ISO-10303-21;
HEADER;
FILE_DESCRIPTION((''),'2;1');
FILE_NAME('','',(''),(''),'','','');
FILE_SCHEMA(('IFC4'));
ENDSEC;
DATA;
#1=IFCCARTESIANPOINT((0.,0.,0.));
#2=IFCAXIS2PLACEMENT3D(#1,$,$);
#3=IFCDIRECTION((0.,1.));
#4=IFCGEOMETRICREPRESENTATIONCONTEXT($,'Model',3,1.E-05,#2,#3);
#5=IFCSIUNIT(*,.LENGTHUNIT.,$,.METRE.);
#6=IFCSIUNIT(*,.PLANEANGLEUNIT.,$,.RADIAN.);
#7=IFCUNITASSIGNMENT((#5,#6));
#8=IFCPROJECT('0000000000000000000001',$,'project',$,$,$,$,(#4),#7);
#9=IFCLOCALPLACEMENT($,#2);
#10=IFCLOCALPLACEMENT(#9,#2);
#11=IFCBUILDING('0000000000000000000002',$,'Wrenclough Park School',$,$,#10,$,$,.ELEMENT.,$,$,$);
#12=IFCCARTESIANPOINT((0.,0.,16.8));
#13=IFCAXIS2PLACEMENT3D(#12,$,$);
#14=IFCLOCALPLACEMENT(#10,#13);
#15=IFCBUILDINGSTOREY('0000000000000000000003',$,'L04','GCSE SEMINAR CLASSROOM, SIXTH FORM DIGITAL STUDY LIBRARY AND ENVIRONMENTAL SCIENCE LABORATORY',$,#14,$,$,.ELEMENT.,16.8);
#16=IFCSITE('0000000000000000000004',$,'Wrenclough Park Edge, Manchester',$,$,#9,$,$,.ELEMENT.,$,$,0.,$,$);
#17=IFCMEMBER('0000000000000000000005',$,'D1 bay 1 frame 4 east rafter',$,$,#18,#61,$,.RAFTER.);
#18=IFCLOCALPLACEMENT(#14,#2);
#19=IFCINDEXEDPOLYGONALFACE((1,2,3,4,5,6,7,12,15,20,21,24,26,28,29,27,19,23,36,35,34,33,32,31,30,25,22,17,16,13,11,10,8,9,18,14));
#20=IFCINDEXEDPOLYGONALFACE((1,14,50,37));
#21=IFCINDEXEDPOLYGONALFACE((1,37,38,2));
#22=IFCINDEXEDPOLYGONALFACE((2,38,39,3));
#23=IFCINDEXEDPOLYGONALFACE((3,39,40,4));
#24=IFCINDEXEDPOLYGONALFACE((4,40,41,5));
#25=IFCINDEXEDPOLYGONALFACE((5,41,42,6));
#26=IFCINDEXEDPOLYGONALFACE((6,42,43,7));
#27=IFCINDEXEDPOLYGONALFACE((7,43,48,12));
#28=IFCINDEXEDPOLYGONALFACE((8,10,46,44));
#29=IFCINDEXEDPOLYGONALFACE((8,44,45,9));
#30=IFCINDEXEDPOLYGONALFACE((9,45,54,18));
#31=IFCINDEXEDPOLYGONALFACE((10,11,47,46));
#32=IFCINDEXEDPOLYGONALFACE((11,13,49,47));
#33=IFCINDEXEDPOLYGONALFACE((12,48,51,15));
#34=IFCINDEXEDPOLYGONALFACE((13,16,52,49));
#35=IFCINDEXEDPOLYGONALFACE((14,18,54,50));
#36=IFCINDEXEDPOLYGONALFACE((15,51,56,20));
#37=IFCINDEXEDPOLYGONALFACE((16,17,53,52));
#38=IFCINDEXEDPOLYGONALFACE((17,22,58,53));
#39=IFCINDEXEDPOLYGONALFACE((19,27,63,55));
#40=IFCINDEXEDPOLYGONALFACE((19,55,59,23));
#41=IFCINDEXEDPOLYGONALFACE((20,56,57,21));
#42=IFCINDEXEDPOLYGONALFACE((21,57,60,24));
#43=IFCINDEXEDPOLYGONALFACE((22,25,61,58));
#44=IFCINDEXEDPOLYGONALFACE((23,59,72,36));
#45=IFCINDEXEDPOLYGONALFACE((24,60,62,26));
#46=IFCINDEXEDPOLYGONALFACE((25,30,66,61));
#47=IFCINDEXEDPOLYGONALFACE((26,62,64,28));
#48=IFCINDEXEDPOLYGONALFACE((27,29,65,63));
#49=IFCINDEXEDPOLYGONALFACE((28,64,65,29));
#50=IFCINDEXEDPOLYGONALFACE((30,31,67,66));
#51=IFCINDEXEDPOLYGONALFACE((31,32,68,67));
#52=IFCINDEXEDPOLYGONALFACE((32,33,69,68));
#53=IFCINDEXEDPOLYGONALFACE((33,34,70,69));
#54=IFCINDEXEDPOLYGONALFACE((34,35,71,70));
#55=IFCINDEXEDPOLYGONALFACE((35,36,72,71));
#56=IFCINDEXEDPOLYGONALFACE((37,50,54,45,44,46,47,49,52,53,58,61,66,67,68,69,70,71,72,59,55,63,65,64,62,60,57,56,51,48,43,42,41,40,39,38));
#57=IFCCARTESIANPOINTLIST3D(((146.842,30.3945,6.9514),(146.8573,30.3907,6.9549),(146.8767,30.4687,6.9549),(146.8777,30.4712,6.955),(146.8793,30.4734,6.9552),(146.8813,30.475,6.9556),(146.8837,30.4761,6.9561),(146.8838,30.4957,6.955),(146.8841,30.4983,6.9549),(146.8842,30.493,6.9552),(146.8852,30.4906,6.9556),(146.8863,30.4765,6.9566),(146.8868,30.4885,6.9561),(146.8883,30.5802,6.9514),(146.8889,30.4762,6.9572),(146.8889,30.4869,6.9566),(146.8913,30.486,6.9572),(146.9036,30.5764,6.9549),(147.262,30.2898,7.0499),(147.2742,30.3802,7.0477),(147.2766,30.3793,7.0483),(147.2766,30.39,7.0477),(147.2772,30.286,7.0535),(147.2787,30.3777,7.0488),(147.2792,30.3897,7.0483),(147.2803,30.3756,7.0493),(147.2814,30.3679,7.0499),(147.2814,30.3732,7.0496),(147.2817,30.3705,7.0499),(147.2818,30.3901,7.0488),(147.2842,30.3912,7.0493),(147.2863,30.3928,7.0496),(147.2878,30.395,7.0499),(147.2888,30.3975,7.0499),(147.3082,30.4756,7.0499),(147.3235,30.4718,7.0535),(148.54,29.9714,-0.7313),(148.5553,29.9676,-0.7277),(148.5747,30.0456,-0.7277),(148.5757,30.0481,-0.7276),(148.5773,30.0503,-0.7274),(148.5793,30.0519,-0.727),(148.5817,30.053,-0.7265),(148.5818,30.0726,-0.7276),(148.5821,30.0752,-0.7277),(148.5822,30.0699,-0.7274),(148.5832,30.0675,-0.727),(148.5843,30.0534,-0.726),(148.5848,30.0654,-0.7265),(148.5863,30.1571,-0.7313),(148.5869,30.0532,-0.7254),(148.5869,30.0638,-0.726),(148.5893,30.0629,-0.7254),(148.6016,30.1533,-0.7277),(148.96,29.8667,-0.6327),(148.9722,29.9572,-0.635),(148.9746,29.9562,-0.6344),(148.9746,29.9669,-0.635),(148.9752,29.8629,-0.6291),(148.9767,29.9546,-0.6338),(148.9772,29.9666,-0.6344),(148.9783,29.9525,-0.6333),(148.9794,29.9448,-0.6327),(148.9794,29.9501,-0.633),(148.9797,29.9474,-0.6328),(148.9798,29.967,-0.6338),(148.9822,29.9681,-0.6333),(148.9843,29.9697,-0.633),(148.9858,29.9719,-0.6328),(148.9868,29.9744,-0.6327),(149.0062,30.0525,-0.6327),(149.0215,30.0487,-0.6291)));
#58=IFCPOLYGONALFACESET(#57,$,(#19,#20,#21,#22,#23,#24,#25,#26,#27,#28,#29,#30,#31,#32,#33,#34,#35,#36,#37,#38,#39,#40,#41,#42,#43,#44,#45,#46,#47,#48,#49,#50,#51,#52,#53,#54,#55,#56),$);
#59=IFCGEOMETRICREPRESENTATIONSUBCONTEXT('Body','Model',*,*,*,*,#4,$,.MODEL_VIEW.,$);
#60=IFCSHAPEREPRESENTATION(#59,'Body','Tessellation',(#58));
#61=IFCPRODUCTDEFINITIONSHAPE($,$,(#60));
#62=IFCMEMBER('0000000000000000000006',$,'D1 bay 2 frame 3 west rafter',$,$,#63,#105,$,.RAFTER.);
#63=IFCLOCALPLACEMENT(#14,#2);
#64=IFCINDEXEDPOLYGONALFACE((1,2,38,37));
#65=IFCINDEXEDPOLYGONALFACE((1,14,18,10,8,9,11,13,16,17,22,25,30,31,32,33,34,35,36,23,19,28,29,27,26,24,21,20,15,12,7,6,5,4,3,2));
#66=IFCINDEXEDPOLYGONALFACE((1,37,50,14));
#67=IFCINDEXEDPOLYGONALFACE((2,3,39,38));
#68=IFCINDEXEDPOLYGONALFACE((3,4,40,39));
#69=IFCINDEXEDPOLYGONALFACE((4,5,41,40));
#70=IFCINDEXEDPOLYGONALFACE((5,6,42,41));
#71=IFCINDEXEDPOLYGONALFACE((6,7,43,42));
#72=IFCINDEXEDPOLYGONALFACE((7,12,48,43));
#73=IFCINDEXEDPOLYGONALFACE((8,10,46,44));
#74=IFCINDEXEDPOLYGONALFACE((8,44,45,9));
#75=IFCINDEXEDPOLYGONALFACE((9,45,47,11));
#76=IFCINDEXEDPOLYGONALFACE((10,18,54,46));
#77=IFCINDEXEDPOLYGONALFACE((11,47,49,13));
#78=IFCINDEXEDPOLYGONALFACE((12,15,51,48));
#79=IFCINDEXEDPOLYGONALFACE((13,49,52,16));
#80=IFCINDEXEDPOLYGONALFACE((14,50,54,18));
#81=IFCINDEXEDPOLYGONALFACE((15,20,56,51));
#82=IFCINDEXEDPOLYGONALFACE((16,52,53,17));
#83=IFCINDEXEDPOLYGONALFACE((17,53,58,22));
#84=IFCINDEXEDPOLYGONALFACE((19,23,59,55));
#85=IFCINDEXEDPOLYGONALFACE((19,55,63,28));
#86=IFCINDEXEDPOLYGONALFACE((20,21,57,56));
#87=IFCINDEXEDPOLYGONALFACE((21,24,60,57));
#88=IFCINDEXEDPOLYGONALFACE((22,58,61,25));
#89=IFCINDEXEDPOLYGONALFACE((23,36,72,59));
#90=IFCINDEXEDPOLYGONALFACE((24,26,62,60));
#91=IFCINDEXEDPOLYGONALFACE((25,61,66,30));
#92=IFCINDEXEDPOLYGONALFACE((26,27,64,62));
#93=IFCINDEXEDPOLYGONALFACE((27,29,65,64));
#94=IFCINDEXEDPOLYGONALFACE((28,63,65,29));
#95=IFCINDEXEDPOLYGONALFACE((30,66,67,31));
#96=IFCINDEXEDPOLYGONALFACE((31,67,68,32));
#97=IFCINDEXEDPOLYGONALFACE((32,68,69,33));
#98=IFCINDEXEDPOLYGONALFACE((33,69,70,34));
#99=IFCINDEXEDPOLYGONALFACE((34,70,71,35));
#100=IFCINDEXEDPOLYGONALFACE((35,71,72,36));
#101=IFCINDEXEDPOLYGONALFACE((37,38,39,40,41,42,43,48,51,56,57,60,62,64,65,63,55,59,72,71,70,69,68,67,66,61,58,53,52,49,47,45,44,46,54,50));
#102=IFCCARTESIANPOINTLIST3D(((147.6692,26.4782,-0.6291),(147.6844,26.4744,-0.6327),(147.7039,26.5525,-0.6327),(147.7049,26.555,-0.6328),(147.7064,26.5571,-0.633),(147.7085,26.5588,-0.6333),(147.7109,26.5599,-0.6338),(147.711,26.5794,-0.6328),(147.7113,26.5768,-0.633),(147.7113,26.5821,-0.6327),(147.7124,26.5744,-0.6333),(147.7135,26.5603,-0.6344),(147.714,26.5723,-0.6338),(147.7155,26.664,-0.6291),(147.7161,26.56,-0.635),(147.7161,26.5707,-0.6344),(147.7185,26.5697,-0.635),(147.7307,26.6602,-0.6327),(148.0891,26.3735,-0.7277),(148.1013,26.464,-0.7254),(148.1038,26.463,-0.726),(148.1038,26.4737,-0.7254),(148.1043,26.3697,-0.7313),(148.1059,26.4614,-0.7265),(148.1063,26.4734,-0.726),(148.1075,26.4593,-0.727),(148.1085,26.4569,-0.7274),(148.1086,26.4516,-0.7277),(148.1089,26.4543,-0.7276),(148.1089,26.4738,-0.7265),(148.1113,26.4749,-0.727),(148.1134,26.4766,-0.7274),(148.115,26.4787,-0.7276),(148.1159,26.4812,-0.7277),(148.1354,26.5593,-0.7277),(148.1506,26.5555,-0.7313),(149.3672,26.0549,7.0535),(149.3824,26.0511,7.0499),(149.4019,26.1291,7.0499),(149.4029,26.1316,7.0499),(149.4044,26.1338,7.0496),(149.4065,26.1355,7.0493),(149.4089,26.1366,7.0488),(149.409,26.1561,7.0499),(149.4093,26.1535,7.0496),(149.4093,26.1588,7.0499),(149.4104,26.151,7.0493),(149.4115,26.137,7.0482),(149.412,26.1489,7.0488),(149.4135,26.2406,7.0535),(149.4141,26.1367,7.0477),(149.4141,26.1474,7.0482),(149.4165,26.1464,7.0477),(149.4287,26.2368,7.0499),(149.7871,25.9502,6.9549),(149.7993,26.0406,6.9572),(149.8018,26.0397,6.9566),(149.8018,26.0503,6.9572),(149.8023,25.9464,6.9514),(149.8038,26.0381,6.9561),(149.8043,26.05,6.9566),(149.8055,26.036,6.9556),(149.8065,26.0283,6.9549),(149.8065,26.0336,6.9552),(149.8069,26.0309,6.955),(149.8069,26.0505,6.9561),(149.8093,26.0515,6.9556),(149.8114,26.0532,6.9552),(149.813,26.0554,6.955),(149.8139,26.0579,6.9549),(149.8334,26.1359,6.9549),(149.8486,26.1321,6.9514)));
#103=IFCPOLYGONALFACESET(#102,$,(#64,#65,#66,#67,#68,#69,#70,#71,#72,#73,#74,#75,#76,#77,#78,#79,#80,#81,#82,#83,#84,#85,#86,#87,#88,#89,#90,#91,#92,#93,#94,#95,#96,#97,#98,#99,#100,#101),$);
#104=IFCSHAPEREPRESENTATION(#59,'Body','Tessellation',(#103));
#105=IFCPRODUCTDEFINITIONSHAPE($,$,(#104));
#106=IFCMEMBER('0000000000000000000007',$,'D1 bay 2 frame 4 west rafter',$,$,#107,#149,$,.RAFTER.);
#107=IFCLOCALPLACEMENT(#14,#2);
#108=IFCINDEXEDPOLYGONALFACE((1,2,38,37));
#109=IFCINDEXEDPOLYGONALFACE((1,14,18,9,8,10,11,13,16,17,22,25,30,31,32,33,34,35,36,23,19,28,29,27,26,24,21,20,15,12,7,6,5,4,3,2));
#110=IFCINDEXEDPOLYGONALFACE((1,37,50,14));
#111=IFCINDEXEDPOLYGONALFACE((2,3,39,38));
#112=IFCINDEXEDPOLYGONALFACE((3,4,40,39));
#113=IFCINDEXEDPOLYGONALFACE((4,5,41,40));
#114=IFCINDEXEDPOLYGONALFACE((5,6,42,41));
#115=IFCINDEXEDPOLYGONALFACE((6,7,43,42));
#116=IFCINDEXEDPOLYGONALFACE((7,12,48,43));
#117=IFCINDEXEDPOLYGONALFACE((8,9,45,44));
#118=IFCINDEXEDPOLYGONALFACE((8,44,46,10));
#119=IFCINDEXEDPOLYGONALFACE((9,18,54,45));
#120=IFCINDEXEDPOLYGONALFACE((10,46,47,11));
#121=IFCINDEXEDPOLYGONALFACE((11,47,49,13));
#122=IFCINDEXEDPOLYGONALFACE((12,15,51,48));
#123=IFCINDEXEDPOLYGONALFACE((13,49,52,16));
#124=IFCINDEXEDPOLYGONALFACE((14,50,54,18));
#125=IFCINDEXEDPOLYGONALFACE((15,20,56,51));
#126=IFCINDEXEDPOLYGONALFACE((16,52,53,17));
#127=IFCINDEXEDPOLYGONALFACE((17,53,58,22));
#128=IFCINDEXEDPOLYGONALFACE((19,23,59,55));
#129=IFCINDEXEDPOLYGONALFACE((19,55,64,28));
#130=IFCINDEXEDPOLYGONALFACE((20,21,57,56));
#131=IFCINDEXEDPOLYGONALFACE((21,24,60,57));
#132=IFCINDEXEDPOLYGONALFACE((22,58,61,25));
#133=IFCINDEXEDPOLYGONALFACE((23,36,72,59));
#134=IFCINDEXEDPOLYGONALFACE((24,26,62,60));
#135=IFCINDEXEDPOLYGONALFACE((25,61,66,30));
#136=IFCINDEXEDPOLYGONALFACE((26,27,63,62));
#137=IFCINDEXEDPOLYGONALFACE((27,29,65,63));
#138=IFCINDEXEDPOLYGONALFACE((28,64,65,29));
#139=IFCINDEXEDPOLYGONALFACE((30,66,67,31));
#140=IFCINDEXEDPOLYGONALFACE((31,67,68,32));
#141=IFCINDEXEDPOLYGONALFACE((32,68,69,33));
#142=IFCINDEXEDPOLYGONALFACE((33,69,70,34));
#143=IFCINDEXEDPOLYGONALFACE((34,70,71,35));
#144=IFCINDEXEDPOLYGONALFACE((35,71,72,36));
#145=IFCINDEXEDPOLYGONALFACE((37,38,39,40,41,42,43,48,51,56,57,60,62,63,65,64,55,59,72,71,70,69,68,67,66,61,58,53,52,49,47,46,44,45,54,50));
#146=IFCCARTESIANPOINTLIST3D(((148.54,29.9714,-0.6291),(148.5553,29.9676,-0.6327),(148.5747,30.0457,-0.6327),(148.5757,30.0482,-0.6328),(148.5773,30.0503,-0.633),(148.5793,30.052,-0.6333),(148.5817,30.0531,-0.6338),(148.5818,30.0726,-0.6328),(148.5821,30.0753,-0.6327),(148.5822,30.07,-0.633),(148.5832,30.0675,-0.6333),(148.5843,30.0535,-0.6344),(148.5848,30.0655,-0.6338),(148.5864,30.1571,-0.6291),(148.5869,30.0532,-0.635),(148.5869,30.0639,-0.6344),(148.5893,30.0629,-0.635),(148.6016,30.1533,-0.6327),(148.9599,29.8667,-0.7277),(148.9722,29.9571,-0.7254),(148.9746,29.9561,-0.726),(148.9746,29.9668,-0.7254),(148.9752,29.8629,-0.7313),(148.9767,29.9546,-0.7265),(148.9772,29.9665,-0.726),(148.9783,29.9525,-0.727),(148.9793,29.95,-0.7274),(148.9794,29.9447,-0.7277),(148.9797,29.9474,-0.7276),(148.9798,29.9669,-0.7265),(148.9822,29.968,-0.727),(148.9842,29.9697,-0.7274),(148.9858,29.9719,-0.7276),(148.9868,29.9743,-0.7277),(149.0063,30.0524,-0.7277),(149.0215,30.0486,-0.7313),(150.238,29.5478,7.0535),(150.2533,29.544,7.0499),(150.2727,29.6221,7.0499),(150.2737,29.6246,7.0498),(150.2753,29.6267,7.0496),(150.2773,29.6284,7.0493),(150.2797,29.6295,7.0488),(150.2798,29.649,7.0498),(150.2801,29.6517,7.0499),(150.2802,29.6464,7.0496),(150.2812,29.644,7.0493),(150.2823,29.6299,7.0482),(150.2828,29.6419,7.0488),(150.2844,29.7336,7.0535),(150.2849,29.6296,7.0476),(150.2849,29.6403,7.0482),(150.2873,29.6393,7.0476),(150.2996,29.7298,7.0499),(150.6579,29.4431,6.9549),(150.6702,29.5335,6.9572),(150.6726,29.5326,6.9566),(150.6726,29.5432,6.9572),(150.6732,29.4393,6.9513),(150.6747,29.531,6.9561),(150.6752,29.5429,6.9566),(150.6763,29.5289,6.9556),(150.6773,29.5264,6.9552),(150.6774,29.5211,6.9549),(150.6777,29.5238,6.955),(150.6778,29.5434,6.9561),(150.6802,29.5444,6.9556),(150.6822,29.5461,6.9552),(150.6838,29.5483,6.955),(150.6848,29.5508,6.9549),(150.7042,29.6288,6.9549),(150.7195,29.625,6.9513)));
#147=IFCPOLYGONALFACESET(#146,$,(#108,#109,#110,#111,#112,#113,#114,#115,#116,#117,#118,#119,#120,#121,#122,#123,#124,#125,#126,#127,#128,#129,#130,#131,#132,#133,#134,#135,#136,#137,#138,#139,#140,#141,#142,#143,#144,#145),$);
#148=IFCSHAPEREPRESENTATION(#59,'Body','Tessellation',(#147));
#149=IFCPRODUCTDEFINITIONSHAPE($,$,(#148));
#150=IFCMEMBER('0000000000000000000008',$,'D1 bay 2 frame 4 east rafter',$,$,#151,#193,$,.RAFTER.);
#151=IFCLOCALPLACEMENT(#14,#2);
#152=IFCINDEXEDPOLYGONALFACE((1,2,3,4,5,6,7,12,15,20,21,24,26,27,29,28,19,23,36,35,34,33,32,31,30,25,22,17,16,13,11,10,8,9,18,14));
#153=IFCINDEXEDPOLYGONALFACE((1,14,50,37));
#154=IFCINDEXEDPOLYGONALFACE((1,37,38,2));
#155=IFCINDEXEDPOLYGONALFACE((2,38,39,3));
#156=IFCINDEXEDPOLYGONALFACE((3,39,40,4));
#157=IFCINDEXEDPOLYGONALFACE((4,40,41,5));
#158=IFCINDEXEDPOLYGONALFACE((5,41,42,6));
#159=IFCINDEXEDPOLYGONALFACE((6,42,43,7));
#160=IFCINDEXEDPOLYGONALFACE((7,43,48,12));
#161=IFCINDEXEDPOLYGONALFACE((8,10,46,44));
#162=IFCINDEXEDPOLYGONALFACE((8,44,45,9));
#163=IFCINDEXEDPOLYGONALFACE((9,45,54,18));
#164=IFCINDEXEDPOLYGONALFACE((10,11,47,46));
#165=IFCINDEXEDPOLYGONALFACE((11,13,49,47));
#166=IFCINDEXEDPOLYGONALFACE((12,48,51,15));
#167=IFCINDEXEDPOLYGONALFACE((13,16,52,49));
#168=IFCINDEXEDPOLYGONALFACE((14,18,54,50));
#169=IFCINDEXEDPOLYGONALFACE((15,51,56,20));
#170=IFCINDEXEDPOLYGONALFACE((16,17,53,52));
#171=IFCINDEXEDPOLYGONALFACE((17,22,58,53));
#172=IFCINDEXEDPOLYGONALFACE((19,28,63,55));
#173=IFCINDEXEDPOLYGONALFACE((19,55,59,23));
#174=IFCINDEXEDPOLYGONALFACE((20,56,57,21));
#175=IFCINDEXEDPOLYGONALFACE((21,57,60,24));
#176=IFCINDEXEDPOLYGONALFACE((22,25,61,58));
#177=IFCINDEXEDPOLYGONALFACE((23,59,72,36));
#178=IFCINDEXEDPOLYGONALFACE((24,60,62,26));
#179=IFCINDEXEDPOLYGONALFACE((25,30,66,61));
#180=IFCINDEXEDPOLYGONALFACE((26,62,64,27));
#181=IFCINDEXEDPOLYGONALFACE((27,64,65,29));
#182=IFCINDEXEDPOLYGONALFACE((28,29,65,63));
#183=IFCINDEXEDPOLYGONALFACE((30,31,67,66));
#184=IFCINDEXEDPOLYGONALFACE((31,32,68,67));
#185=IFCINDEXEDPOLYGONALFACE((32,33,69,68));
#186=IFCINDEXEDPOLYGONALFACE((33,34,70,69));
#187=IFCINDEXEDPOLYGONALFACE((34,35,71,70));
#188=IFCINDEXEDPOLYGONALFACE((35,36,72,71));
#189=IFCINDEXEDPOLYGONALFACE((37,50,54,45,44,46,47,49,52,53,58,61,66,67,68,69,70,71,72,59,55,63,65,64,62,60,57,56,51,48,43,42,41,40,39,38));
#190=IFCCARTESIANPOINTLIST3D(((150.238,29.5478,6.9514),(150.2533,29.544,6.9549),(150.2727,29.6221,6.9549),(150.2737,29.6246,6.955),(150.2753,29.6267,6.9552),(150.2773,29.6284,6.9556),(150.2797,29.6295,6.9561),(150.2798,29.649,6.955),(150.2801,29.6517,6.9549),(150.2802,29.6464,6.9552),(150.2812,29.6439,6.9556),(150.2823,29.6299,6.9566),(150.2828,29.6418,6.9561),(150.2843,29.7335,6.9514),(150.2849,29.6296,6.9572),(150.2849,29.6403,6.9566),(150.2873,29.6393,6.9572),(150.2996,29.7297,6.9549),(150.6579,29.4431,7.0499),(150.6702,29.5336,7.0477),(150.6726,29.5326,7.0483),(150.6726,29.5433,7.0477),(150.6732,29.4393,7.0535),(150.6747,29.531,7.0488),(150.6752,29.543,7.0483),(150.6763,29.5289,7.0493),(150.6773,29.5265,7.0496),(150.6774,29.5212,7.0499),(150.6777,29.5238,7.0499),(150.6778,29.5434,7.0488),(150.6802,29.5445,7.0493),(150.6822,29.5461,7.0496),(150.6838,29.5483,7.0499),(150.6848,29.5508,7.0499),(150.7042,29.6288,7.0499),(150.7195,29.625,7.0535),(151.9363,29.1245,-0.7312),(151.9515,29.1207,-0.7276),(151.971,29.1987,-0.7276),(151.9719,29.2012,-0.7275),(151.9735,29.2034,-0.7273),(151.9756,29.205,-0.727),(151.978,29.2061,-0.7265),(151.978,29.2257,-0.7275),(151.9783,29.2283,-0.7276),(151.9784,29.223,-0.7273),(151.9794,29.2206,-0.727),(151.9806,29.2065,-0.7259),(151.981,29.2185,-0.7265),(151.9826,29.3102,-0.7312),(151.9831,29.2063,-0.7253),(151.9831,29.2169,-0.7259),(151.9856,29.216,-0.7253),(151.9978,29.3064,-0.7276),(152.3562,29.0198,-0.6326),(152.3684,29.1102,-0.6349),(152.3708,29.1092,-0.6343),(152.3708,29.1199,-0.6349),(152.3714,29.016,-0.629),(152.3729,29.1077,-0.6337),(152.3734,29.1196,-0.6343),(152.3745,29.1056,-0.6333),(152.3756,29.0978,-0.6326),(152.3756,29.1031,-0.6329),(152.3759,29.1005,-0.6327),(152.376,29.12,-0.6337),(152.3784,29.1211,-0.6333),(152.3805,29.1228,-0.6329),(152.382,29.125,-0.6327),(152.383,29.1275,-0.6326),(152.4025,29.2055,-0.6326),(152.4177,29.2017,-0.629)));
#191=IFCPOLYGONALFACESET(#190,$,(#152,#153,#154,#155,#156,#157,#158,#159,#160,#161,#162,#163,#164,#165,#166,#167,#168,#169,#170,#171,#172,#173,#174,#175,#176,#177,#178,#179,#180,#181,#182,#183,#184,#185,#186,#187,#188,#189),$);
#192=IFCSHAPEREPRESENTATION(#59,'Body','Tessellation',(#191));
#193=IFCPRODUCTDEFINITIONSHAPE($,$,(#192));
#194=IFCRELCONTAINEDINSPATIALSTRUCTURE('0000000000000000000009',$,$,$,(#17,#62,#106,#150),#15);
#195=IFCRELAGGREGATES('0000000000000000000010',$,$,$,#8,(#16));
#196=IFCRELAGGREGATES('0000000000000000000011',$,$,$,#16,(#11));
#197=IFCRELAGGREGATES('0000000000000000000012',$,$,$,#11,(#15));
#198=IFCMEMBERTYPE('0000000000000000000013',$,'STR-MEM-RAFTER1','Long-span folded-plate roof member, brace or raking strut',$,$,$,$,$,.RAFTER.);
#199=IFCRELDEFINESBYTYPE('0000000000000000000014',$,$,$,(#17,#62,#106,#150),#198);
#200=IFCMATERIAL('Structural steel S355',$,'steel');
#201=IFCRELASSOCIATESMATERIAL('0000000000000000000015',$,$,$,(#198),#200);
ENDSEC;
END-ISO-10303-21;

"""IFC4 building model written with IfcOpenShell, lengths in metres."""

from ifc_helpers import new_model, si_unit, direction, frame, origin, origin_2d, place, context, subcontext, project, spatial, i_section, extrude, material, material_profile, profile_set, type_object, element, save


model = new_model("IFC4")

# Units and contexts
model_context = context("Model", 3, precision=1e-05, world=origin(), true_north=direction((0.0, 1.0)))
body_context = subcontext(model_context, "Body", "Model", "MODEL_VIEW")
ifc_project = project(units=[si_unit("LENGTHUNIT", "METRE"), si_unit("PLANEANGLEUNIT", "RADIAN")], contexts=[model_context])

# Site, building, storey
site_placement = place(None, origin())
site = spatial("IfcSite", under=ifc_project, at=site_placement, Name="Wrenclough Park Edge, Manchester", CompositionType="ELEMENT", RefElevation=0.0)
building_placement = place(site_placement, origin())
building = spatial("IfcBuilding", under=site, at=building_placement, Name="Wrenclough Park School", CompositionType="ELEMENT")
storey_placement = place(building_placement, frame((0.0, 0.0, 16.8)))
storey = spatial("IfcBuildingStorey", under=building, at=storey_placement, Name="L04", Description="GCSE SEMINAR CLASSROOM, SIXTH FORM DIGITAL STUDY LIBRARY AND ENVIRONMENTAL SCIENCE LABORATORY", CompositionType="ELEMENT", Elevation=16.8)

# Members
ifc_material = material(Name="Structural steel S355", Category="steel")
ifc_material_profile_1 = material_profile(ifc_material, i_section(OverallWidth=0.1914, OverallDepth=0.46, WebThickness=0.01, FlangeThickness=0.0161, FilletRadius=0.0103, at=origin_2d()), Name="UKB 457x191x82")
ifc_profile_set_1 = profile_set([ifc_material_profile_1], Name="Structural steel S355")
member_type_1 = type_object("IfcMemberType", Name="STR-MEM-RAFTER1", Description="Long-span folded-plate roof member, brace or raking strut", PredefinedType="RAFTER", material=ifc_profile_set_1)
for number, where, z_axis, x_axis, name in (
    (1, (147.0828, 30.4331, 7.0024), (0.215499, -0.053696, -0.975027), (0.241781, 0.970331, 0.0), "D1 bay 1 frame 4 east rafter"),
    (2, (147.9099, 26.5168, -0.6802), (0.215498, -0.053727, 0.975025), (0.241912, 0.970298, 0.0), "D1 bay 2 frame 3 west rafter"),
    (3, (148.7808, 30.01, -0.6802), (0.215498, -0.053758, 0.975023), (0.242043, 0.970265, 0.0), "D1 bay 2 frame 4 west rafter"),
    (4, (150.4788, 29.5864, 7.0024), (0.215528, -0.053727, -0.975019), (0.241879, 0.970306, 0.0), "D1 bay 2 frame 4 east rafter"),
):
    element("IfcMember", number, at=place(storey_placement, frame(where, z_axis=z_axis, x_axis=x_axis)), inside=storey, type_object=member_type_1, Name=name, PredefinedType="RAFTER", context=body_context, shape_type="SweptSolid", body=[
        extrude(i_section(OverallWidth=0.1914, OverallDepth=0.46, WebThickness=0.01, FlangeThickness=0.0161, FilletRadius=0.0103, at=origin_2d()), origin(), (0.0, 0.0, 1.0), 7.8794),
    ])

save(model, "model.ifc")
